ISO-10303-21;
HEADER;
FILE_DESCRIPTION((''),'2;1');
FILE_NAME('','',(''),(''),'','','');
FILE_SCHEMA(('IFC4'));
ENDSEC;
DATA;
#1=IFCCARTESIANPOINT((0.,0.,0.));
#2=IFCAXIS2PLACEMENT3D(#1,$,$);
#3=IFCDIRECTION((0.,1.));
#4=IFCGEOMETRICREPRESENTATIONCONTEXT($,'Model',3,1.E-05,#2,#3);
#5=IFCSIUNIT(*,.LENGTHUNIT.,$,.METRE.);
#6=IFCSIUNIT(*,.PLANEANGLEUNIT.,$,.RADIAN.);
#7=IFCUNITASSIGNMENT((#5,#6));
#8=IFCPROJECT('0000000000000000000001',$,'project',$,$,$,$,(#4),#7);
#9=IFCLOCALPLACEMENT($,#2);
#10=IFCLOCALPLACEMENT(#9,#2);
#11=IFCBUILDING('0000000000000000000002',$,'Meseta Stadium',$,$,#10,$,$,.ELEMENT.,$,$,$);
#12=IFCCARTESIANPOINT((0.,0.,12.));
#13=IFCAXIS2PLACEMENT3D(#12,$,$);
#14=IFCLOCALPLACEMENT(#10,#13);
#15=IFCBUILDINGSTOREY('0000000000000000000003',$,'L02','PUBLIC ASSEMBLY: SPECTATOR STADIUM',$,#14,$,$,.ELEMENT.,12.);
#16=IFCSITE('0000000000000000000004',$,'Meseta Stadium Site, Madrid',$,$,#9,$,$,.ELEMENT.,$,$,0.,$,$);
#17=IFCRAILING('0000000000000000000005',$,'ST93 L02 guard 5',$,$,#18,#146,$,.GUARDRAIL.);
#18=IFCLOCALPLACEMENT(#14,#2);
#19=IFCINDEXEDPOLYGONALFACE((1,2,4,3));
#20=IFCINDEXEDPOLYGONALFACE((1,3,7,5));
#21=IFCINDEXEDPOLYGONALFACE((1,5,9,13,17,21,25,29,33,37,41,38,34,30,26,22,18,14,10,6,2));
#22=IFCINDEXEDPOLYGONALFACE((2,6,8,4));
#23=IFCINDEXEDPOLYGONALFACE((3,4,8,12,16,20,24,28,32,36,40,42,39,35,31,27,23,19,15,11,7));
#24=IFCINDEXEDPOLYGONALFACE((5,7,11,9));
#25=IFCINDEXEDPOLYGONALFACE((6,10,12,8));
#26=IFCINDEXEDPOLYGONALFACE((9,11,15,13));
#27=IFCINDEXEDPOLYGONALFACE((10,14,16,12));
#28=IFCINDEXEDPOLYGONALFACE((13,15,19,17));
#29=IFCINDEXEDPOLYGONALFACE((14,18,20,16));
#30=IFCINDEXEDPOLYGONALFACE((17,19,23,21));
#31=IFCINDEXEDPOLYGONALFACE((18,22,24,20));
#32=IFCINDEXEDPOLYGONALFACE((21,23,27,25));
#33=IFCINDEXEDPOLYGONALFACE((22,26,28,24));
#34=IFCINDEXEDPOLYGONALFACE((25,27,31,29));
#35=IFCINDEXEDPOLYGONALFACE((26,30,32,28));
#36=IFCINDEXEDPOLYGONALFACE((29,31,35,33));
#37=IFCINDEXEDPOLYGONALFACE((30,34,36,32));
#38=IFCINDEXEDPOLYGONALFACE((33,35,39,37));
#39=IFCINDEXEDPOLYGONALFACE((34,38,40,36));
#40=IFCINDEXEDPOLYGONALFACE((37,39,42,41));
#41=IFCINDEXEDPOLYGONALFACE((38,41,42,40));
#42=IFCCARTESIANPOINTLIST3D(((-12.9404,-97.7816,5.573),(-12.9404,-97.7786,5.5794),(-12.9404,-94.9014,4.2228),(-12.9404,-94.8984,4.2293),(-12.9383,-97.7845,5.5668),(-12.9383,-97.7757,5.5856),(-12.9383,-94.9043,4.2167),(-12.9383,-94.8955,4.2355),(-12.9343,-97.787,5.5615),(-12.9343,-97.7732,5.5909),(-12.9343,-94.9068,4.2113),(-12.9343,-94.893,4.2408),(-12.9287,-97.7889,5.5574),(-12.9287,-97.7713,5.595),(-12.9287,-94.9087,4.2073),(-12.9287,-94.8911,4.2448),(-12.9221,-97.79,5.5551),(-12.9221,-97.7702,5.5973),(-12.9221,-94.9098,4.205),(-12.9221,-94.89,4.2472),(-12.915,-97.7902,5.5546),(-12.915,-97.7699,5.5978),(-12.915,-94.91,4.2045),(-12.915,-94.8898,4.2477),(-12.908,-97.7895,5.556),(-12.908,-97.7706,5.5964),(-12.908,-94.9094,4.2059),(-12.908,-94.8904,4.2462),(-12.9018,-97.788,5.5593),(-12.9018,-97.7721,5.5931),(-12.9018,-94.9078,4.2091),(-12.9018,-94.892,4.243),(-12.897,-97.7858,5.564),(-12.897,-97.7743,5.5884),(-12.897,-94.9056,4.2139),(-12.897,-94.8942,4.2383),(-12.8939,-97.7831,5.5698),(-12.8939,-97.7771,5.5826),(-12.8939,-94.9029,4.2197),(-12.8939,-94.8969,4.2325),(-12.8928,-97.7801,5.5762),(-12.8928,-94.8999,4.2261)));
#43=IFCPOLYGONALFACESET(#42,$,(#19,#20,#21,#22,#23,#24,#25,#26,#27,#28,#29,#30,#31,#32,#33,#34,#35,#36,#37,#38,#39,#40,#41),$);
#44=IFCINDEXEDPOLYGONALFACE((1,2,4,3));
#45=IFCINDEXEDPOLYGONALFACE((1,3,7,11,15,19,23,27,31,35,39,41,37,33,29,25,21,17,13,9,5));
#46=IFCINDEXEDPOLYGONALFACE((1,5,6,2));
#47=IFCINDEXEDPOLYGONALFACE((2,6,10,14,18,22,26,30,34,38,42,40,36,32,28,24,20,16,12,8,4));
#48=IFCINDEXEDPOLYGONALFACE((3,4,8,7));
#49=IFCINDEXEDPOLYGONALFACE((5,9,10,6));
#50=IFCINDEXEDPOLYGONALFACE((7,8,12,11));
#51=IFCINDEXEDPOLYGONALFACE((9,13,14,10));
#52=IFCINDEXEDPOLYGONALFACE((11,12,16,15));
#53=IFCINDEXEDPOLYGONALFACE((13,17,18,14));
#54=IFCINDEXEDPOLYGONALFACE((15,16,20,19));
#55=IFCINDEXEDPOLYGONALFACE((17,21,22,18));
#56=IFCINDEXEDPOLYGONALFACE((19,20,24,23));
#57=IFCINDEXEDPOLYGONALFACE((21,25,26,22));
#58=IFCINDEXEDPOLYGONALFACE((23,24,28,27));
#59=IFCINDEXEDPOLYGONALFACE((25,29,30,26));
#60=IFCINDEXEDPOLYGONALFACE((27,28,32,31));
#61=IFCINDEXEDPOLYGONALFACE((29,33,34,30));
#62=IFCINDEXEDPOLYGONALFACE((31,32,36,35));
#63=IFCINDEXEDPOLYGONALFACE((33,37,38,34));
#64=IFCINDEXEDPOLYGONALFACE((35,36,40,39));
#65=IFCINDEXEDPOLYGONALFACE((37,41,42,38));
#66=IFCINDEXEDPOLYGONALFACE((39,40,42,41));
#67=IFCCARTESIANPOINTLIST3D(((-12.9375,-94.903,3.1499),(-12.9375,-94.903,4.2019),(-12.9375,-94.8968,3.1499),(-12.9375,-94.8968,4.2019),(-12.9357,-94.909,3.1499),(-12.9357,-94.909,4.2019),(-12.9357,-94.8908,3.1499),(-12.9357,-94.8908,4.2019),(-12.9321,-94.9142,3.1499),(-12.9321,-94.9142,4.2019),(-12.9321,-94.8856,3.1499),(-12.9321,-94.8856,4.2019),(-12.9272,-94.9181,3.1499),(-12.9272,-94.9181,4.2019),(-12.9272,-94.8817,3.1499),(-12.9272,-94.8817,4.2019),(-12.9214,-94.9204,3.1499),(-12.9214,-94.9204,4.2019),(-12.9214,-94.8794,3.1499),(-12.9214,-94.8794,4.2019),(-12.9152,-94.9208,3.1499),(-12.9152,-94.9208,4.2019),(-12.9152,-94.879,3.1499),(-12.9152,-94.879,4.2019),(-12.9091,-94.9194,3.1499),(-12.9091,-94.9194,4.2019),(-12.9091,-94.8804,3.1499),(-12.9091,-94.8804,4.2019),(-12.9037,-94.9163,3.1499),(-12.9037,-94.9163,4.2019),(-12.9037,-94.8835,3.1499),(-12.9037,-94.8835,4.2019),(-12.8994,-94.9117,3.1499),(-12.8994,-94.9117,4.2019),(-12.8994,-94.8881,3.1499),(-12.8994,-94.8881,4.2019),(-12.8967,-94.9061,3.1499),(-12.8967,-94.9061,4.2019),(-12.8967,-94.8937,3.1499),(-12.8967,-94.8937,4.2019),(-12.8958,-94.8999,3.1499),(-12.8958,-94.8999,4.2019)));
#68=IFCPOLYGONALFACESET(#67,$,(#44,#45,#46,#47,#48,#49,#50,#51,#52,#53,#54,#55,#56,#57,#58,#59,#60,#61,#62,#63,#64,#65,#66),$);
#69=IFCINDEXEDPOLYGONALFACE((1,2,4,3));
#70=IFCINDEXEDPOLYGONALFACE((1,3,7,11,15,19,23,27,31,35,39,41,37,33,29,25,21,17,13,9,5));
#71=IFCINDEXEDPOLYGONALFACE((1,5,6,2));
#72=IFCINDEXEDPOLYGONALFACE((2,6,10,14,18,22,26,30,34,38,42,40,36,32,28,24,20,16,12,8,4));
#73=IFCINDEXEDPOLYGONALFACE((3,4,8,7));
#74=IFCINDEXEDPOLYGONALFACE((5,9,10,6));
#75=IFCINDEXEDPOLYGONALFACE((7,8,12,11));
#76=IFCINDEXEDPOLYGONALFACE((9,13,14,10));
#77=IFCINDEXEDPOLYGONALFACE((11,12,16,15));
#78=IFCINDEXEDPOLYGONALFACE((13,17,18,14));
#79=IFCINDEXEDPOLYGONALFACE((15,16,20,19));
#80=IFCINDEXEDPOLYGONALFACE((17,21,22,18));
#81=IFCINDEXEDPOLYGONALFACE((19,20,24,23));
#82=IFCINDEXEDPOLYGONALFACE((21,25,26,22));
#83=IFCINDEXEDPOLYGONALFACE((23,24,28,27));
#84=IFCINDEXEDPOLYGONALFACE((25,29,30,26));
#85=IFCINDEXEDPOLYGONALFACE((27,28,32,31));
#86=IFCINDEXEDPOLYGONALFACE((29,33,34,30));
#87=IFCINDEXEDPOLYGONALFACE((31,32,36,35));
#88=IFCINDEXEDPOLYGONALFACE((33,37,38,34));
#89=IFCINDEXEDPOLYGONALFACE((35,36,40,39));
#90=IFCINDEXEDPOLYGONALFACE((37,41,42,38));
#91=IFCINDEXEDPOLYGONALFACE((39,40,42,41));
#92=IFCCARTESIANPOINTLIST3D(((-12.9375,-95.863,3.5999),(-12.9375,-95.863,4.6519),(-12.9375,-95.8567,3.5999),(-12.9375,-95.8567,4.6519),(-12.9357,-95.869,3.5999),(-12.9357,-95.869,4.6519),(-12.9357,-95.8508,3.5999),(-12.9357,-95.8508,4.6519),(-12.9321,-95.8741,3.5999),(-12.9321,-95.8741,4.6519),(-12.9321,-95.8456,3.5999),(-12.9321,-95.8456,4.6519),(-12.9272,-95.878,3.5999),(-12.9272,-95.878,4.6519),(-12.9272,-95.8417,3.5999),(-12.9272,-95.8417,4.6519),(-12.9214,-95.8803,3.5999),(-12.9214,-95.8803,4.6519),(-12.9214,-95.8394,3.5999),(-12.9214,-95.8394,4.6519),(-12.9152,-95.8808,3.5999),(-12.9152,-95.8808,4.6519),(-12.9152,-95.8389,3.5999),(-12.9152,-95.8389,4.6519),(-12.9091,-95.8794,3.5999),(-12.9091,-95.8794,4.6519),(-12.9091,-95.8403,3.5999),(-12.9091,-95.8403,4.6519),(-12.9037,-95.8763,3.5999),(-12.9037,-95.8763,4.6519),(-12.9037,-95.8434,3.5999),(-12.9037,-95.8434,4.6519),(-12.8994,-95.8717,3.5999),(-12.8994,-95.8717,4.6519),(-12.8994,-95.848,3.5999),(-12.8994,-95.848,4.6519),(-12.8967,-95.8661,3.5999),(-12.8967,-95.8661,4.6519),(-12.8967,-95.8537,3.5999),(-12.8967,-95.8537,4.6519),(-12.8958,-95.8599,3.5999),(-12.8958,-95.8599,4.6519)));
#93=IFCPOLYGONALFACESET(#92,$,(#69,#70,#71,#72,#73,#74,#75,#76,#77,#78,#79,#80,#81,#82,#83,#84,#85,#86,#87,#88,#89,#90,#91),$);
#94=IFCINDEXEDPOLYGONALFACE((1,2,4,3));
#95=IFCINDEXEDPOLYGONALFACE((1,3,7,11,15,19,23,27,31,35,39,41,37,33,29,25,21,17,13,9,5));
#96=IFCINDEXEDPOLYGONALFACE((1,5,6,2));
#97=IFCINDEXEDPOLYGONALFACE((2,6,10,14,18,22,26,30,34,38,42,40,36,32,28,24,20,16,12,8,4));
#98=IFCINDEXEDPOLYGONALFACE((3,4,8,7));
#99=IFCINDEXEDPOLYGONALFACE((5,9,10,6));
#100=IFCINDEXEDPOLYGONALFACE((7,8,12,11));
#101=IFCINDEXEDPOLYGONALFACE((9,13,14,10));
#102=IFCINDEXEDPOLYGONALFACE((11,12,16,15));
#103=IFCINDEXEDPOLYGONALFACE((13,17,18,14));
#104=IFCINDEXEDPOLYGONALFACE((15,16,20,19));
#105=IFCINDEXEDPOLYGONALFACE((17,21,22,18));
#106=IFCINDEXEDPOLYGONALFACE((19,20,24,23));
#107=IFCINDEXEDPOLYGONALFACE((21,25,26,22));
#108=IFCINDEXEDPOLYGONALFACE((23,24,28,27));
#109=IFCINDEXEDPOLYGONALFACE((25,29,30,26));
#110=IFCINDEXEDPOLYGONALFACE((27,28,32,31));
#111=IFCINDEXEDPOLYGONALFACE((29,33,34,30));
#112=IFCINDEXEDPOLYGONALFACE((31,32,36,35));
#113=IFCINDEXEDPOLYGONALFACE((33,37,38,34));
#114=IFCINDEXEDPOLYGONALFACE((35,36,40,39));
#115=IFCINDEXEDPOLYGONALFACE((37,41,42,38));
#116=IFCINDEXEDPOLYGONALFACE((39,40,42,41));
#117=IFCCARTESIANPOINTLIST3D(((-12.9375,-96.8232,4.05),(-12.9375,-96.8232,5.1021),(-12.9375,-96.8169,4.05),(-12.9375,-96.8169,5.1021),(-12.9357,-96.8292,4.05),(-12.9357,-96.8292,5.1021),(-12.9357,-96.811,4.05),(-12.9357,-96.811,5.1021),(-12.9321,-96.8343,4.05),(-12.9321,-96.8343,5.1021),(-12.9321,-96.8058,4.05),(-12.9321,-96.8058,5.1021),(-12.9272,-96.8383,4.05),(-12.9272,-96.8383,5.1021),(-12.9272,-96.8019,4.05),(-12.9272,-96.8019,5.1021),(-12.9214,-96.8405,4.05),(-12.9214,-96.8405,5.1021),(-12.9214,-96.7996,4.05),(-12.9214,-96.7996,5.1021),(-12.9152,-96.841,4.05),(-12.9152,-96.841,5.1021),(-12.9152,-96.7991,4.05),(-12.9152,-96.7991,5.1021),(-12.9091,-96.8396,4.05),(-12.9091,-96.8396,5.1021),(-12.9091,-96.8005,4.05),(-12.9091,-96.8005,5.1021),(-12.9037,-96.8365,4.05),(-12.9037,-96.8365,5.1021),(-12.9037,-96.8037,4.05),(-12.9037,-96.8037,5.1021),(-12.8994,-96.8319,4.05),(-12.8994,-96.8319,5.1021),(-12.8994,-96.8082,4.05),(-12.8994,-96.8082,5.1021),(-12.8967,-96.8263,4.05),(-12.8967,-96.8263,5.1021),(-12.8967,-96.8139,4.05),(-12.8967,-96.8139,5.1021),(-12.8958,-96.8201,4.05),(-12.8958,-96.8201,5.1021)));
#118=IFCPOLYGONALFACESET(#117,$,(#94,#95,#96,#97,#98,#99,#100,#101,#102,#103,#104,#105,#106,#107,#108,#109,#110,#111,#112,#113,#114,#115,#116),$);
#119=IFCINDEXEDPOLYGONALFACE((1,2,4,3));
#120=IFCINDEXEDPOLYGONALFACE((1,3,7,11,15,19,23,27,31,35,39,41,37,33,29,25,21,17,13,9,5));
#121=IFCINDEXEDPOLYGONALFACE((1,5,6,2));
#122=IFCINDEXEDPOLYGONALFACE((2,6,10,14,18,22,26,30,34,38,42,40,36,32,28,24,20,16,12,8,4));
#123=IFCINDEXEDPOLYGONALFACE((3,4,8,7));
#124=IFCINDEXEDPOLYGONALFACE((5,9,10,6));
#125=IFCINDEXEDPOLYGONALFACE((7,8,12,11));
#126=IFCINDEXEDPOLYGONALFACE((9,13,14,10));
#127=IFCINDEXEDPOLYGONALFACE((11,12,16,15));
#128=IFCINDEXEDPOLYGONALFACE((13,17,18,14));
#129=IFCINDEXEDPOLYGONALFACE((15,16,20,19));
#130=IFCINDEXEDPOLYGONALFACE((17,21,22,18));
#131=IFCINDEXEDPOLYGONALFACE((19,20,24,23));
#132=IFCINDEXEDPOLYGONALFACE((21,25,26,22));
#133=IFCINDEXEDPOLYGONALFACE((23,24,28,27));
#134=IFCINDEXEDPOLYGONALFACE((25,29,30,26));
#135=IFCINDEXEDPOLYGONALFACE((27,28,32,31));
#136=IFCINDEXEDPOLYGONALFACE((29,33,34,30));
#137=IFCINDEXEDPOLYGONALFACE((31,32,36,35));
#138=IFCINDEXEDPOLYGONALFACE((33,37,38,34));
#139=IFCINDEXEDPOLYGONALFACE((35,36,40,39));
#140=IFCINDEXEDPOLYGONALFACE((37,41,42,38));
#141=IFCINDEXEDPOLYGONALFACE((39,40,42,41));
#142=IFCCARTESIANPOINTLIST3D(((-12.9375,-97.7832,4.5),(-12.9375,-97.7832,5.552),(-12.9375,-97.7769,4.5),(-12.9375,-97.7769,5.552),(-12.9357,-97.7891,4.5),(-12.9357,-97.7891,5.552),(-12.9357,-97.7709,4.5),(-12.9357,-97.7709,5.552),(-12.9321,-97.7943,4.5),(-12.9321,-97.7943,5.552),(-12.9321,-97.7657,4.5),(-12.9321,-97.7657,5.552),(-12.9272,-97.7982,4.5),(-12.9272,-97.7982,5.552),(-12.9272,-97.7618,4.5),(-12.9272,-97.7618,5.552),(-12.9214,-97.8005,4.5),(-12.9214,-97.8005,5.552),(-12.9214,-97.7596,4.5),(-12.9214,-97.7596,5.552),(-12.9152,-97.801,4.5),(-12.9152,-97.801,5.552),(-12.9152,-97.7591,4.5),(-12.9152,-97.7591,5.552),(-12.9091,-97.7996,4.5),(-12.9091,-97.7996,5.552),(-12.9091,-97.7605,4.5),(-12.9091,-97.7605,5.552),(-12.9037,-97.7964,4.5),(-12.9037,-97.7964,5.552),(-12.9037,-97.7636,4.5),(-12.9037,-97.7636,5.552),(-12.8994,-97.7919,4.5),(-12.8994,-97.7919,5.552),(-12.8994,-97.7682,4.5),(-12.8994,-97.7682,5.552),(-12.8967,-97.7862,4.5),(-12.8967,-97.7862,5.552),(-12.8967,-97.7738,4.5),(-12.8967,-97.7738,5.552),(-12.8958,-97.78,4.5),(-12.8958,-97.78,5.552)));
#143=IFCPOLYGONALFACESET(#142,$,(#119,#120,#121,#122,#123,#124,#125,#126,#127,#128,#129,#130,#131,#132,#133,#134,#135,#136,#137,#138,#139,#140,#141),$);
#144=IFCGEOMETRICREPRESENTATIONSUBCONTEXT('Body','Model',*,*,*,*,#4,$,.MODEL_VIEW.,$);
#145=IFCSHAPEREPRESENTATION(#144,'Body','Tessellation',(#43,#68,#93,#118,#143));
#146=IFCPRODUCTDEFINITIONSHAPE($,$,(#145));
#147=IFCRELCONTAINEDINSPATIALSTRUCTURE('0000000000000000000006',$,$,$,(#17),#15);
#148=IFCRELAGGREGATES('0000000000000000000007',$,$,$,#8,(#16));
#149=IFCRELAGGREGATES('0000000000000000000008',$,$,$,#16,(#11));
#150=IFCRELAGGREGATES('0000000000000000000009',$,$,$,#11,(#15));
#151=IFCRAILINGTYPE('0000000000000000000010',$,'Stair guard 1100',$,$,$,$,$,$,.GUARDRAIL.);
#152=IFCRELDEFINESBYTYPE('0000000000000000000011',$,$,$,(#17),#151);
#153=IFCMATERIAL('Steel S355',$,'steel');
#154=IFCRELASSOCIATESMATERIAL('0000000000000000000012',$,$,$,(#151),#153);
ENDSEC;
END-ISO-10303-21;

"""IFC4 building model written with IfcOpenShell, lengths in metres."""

from ifc_helpers import new_model, si_unit, direction, frame, origin, origin_2d, place, context, subcontext, project, spatial, circle, extrude, material, type_object, element, save


model = new_model("IFC4")

# Units and contexts
model_context = context("Model", 3, precision=1e-05, world=origin(), true_north=direction((0.0, 1.0)))
body_context = subcontext(model_context, "Body", "Model", "MODEL_VIEW")
ifc_project = project(units=[si_unit("LENGTHUNIT", "METRE"), si_unit("PLANEANGLEUNIT", "RADIAN")], contexts=[model_context])

# Site, building, storey
site_placement = place(None, origin())
site = spatial("IfcSite", under=ifc_project, at=site_placement, Name="Meseta Stadium Site, Madrid", CompositionType="ELEMENT", RefElevation=0.0)
building_placement = place(site_placement, origin())
building = spatial("IfcBuilding", under=site, at=building_placement, Name="Meseta Stadium", CompositionType="ELEMENT")
storey_placement = place(building_placement, frame((0.0, 0.0, 12.0)))
storey = spatial("IfcBuildingStorey", under=building, at=storey_placement, Name="L02", Description="PUBLIC ASSEMBLY: SPECTATOR STADIUM", CompositionType="ELEMENT", Elevation=12.0)

# Railing
ifc_material_1 = material(Name="Steel S355", Category="steel")
railing_type_1 = type_object("IfcRailingType", Name="Stair guard 1100", PredefinedType="GUARDRAIL", material=ifc_material_1)
railing_1_placement = place(storey_placement, frame((-12.9167, -94.8999, 3.1499)))
element("IfcRailing", 1, at=railing_1_placement, inside=storey, type_object=railing_type_1, Name="ST93 L02 guard 5", PredefinedType="GUARDRAIL", context=body_context, shape_type="SweptSolid", body=[
    extrude(circle(Radius=0.0239, at=origin_2d()), frame((0.0, 0.0, 1.0762), z_axis=(0.0, -0.905454, 0.424444), x_axis=(1.0, 0.0, 0.0)), (0.0, 0.0, 1.0), 3.1809),
    extrude(circle(Radius=0.021, at=origin_2d()), origin(), (0.0, 0.0, 1.0), 1.052),
    extrude(circle(Radius=0.021, at=origin_2d()), frame((0.0, -0.96, 0.45)), (0.0, 0.0, 1.0), 1.052),
    extrude(circle(Radius=0.021, at=origin_2d()), frame((0.0, -1.9202, 0.9001)), (0.0, 0.0, 1.0), 1.052),
    extrude(circle(Radius=0.021, at=origin_2d()), frame((0.0, -2.8801, 1.3501)), (0.0, 0.0, 1.0), 1.052),
])

save(model, "model.ifc")
